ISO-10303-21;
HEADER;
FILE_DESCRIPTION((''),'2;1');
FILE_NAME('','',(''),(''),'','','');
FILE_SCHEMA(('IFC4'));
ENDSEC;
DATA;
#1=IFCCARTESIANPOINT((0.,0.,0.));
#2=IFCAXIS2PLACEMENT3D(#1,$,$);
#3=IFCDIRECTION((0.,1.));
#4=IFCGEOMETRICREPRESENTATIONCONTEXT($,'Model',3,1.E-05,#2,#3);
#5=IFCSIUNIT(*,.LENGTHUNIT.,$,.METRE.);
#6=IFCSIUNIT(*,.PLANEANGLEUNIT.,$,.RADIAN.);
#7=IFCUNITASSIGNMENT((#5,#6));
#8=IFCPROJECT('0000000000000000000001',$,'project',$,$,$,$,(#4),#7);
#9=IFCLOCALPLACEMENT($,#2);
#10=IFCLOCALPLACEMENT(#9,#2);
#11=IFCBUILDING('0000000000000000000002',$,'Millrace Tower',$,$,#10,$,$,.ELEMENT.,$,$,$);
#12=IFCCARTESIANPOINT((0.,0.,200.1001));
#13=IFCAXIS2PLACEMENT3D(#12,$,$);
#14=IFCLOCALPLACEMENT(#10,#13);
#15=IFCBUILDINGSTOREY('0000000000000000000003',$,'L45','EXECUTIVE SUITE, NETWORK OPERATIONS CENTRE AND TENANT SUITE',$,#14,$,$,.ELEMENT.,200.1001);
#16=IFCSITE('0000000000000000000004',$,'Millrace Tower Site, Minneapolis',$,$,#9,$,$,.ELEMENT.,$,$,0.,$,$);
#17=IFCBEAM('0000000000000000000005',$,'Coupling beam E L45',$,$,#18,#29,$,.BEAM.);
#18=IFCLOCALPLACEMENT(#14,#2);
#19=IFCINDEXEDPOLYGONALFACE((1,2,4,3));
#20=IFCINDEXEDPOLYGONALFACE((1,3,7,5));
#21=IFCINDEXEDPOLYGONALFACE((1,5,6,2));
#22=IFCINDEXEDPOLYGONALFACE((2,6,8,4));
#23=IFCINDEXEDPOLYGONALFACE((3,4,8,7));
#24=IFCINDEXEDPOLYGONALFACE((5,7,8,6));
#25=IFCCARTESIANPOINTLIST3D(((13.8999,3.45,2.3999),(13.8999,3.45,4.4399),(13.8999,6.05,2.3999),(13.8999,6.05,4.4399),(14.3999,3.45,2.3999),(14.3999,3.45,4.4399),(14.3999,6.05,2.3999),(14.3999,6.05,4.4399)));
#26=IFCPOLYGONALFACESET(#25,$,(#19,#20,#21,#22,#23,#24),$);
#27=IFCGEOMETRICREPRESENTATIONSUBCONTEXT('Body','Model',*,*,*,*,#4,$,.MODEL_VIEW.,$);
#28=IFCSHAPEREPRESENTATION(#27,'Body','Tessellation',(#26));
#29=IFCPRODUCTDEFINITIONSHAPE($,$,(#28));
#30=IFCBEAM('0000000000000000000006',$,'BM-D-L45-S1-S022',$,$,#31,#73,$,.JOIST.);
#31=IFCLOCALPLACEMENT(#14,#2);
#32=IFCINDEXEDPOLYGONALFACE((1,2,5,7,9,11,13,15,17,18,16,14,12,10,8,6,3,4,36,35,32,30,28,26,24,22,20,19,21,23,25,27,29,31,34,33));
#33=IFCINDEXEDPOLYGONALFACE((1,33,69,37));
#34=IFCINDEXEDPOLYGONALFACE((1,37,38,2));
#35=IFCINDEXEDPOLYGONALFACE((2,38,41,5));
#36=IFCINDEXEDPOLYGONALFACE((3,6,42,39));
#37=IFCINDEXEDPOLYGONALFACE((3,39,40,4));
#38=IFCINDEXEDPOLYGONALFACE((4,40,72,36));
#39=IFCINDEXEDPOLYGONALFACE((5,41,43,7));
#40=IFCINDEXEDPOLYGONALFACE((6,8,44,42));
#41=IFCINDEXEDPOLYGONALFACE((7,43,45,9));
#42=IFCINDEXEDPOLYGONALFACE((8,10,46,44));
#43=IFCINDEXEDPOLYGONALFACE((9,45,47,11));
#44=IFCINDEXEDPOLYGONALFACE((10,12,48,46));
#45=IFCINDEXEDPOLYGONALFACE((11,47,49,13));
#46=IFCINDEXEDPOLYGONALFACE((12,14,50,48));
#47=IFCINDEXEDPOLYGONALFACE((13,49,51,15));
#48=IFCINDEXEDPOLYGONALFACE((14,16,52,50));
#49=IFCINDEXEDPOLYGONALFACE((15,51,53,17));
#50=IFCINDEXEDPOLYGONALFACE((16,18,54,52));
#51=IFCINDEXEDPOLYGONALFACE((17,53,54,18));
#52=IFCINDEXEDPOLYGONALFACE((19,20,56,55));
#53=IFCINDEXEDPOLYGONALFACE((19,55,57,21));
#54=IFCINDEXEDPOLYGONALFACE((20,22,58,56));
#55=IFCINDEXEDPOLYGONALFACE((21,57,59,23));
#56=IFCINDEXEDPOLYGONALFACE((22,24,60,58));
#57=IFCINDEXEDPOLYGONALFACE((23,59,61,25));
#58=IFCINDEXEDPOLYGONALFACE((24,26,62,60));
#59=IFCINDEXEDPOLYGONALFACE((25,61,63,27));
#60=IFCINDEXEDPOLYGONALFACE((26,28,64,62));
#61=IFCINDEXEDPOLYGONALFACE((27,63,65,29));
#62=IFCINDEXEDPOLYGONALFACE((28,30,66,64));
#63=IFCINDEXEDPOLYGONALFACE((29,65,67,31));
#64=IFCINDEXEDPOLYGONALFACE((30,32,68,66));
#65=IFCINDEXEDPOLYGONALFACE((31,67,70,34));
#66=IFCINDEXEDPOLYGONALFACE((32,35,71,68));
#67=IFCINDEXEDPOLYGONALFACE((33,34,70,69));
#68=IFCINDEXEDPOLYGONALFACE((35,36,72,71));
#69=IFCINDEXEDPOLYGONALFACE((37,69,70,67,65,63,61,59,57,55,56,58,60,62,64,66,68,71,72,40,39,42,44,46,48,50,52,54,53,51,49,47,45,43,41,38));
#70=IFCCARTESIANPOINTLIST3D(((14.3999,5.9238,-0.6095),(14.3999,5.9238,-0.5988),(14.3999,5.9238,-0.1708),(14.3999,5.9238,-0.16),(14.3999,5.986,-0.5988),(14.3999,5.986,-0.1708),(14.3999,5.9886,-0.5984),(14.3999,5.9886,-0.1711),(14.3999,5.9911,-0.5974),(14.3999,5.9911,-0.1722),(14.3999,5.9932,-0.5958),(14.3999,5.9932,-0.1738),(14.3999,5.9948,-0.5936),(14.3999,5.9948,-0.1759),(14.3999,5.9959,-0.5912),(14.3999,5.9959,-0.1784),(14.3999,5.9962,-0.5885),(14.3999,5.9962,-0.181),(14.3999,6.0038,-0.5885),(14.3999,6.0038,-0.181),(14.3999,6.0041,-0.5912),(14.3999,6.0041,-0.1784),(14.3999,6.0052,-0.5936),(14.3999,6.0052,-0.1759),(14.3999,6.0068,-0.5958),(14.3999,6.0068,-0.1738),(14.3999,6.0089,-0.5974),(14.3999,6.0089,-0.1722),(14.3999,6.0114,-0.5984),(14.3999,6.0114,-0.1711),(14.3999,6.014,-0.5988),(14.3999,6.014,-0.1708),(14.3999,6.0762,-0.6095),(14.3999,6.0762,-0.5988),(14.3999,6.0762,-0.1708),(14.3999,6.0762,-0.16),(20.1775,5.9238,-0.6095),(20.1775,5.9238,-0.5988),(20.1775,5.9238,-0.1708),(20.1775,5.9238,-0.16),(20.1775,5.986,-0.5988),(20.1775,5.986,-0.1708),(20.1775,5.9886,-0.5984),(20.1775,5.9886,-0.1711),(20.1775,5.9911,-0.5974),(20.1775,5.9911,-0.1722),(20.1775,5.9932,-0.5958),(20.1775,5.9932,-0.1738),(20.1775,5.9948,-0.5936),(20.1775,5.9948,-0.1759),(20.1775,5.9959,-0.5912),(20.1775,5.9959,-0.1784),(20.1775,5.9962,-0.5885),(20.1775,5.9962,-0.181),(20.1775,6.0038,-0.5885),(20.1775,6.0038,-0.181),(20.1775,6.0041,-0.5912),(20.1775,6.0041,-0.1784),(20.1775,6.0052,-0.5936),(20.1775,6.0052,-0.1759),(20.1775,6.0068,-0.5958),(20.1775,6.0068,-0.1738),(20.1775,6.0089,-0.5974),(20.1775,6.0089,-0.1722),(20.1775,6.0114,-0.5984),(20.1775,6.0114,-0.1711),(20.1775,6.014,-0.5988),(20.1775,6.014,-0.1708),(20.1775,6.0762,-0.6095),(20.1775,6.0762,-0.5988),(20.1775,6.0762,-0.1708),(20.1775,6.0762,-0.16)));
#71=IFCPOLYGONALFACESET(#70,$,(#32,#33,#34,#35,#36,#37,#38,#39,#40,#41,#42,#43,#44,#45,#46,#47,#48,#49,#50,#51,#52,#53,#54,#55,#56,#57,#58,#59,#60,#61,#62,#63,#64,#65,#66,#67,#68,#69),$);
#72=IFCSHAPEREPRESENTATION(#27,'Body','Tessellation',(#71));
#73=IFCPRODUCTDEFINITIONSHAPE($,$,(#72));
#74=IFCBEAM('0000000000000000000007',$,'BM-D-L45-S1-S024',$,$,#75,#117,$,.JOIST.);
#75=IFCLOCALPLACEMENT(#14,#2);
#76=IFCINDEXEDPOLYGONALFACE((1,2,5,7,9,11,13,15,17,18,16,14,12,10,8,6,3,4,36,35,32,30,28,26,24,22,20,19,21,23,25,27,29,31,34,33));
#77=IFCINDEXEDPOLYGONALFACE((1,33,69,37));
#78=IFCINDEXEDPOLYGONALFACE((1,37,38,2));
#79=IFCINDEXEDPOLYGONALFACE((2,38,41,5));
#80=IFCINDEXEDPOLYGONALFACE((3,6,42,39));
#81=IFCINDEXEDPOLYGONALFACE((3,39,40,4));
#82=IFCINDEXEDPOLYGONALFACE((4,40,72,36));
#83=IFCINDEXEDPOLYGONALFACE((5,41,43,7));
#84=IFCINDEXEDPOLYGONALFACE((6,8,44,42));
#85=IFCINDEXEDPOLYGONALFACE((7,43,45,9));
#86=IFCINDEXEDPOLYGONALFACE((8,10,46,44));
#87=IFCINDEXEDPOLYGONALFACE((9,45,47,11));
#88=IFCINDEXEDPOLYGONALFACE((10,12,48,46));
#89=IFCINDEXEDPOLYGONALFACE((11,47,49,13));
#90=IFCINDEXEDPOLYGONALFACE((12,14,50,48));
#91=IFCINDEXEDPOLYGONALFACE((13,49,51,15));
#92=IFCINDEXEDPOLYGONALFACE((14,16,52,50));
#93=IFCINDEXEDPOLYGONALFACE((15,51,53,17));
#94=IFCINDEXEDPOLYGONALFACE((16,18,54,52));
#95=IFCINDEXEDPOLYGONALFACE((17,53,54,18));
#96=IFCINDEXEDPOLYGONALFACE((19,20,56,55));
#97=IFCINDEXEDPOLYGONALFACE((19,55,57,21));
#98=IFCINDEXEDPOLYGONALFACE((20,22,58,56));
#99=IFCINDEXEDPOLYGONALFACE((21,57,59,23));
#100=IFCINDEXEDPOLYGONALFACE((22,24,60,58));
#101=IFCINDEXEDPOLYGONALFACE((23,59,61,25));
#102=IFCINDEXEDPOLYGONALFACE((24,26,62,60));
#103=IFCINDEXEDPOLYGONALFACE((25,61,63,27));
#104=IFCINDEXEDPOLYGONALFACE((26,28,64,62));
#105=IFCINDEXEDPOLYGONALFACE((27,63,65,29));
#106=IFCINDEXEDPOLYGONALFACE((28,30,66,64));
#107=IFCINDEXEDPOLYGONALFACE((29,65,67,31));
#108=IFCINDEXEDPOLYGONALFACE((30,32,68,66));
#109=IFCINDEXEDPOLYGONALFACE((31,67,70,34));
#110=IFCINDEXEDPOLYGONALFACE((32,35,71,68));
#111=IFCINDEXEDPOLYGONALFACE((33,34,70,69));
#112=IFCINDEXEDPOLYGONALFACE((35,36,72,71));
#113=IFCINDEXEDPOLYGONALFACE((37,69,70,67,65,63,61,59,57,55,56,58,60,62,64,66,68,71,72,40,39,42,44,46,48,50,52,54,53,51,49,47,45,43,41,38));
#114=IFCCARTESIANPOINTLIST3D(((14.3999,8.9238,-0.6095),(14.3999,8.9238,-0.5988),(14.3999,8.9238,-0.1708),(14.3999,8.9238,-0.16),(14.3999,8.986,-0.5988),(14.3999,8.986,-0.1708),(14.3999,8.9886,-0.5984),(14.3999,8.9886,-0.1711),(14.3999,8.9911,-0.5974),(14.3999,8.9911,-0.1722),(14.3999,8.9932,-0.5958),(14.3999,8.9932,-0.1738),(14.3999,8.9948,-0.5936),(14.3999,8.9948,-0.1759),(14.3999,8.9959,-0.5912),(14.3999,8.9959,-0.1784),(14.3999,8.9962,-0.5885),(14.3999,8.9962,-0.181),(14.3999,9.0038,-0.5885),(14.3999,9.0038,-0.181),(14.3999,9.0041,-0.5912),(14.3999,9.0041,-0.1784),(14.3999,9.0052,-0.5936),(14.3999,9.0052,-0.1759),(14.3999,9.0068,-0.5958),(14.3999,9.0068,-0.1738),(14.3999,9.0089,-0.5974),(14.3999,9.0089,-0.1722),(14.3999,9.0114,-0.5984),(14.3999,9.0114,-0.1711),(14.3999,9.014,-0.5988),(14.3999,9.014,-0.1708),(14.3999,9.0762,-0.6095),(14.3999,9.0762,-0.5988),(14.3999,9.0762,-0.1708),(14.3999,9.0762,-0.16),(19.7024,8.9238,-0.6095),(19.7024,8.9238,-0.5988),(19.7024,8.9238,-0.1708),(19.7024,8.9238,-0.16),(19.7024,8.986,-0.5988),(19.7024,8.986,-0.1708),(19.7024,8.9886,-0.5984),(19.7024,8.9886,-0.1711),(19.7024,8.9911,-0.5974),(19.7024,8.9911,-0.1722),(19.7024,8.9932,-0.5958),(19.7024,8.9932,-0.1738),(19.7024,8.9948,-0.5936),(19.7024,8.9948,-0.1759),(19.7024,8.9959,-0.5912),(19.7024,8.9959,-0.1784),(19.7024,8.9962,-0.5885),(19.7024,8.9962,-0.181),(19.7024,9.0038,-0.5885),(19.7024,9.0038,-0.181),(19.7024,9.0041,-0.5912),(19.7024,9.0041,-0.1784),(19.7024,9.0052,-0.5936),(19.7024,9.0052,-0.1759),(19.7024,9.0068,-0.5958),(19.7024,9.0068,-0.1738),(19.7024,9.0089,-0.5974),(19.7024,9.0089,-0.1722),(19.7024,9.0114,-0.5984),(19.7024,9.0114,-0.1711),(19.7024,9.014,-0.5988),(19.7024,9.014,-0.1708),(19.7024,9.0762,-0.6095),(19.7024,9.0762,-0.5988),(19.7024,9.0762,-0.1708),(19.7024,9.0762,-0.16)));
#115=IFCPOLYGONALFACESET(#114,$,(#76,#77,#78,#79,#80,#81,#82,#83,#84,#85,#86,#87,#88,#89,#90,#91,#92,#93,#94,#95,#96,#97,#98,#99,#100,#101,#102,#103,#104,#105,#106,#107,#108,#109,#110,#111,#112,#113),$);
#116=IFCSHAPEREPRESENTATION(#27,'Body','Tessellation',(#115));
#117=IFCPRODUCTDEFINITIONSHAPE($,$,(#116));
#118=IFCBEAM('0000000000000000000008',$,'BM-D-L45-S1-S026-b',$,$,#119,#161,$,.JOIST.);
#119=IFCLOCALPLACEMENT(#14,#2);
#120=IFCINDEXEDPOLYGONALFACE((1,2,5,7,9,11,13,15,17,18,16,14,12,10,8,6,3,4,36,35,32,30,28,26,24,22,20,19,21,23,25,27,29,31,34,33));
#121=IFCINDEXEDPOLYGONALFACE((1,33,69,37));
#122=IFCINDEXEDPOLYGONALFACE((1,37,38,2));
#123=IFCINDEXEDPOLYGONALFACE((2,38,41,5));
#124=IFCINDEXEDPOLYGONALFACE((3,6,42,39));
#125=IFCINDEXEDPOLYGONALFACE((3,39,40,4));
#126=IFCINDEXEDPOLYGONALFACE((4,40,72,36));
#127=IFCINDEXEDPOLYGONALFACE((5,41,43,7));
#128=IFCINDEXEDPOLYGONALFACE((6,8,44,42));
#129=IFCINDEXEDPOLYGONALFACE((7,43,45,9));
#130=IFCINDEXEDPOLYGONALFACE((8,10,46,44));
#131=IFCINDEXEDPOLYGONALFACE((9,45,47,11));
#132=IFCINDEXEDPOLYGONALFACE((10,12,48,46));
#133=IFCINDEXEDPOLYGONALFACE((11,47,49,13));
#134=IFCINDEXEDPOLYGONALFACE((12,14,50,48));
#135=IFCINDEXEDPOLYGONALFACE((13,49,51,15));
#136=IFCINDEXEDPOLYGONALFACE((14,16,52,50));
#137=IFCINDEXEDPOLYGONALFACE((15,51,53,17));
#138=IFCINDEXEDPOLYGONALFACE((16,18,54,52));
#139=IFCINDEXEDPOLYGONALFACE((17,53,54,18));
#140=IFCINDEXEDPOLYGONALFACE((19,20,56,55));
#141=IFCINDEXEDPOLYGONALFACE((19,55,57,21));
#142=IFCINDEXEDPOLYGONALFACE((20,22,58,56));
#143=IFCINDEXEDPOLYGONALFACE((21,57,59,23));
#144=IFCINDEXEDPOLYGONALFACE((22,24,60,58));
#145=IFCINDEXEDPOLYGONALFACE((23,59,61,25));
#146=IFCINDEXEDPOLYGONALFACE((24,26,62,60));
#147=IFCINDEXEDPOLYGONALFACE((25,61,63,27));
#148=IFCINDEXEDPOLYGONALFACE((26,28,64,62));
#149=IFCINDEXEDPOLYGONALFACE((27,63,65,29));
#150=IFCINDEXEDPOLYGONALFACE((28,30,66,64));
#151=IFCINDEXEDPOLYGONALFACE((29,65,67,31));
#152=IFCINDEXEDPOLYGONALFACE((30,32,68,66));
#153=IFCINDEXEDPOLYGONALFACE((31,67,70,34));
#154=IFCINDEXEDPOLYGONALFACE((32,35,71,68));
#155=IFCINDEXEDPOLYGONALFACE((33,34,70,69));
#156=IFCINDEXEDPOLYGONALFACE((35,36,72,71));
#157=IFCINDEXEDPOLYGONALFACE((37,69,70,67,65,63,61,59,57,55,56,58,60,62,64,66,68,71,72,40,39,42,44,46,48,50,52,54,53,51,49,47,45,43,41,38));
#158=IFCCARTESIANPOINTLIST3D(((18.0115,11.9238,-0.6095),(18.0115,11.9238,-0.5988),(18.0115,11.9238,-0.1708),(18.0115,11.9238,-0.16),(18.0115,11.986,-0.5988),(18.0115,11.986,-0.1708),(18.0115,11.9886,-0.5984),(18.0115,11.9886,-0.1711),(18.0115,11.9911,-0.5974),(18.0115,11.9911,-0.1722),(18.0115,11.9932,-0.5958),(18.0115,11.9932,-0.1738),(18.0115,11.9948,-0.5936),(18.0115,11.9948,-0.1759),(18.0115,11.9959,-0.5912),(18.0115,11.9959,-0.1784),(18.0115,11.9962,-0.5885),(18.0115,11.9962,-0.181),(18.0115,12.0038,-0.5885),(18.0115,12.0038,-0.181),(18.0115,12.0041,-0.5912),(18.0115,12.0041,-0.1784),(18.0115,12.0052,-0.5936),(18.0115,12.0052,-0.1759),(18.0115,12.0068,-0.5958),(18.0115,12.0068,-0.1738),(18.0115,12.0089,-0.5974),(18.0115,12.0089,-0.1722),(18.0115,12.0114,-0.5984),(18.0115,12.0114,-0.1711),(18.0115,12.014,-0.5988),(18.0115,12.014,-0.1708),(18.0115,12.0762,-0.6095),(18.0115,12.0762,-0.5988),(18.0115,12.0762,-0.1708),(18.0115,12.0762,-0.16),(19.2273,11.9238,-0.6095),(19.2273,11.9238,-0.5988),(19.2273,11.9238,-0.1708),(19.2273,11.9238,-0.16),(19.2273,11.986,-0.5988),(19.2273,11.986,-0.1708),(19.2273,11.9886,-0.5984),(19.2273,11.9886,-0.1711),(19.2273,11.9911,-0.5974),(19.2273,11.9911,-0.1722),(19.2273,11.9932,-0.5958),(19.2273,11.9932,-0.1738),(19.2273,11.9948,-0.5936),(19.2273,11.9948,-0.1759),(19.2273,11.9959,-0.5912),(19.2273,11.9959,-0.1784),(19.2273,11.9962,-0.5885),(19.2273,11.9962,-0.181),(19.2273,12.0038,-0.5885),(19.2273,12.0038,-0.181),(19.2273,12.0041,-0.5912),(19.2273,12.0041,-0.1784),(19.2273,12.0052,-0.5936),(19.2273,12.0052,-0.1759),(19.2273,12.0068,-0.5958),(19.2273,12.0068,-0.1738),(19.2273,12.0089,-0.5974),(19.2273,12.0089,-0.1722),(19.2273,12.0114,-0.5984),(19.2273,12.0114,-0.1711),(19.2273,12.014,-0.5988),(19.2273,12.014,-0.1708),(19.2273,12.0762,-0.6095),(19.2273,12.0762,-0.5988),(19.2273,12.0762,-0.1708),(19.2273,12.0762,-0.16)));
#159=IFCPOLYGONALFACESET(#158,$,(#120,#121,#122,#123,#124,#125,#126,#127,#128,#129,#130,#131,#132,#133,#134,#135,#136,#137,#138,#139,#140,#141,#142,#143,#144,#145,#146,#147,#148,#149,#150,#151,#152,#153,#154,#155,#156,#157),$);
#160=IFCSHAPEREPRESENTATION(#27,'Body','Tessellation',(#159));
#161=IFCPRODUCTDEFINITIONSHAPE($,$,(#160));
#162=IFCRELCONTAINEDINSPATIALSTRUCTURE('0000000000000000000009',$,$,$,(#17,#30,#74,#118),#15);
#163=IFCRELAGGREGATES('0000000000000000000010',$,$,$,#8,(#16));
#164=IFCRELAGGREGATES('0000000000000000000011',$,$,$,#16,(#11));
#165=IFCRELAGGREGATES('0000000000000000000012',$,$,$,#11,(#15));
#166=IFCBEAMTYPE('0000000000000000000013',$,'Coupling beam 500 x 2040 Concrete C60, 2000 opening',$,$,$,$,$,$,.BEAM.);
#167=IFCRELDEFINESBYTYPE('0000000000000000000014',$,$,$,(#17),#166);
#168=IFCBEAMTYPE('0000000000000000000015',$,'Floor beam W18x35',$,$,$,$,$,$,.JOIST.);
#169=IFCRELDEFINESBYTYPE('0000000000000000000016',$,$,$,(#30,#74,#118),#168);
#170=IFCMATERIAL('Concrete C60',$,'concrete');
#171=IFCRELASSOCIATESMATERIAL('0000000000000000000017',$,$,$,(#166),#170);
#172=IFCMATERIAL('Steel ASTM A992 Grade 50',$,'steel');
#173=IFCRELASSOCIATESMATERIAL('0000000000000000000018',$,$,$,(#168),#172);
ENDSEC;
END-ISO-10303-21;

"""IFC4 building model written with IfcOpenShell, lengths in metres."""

from ifc_helpers import new_model, si_unit, direction, frame, origin, origin_2d, place, context, subcontext, project, spatial, rectangle, i_section, extrude, material, material_profile, profile_set, type_object, element, save


model = new_model("IFC4")

# Units and contexts
model_context = context("Model", 3, precision=1e-05, world=origin(), true_north=direction((0.0, 1.0)))
body_context = subcontext(model_context, "Body", "Model", "MODEL_VIEW")
ifc_project = project(units=[si_unit("LENGTHUNIT", "METRE"), si_unit("PLANEANGLEUNIT", "RADIAN")], contexts=[model_context])

# Site, building, storey
site_placement = place(None, origin())
site = spatial("IfcSite", under=ifc_project, at=site_placement, Name="Millrace Tower Site, Minneapolis", CompositionType="ELEMENT", RefElevation=0.0)
building_placement = place(site_placement, origin())
building = spatial("IfcBuilding", under=site, at=building_placement, Name="Millrace Tower", CompositionType="ELEMENT")
storey_placement = place(building_placement, frame((0.0, 0.0, 200.1001)))
storey = spatial("IfcBuildingStorey", under=building, at=storey_placement, Name="L45", Description="EXECUTIVE SUITE, NETWORK OPERATIONS CENTRE AND TENANT SUITE", CompositionType="ELEMENT", Elevation=200.1001)

# Beams
ifc_material_1 = material(Name="Concrete C60", Category="concrete")
ifc_material_profile_1 = material_profile(ifc_material_1, rectangle(XDim=0.5, YDim=2.04, at=origin_2d()))
ifc_profile_set_1 = profile_set([ifc_material_profile_1], Name="Concrete C60")
beam_type_1 = type_object("IfcBeamType", Name="Coupling beam 500 x 2040 Concrete C60, 2000 opening", PredefinedType="BEAM", material=ifc_profile_set_1)
beam_1_placement = place(storey_placement, frame((14.1499, 6.05, 3.4199), z_axis=(0.0, -1.0, 0.0), x_axis=(1.0, 0.0, 0.0)))
element("IfcBeam", 1, at=beam_1_placement, inside=storey, type_object=beam_type_1, Name="Coupling beam E L45", PredefinedType="BEAM", context=body_context, shape_type="SweptSolid", body=[
    extrude(rectangle(XDim=0.5, YDim=2.04, at=origin_2d()), origin(), (0.0, 0.0, 1.0), 2.6001),
])
ifc_material_2 = material(Name="Steel ASTM A992 Grade 50", Category="steel")
ifc_material_profile_2 = material_profile(ifc_material_2, i_section(OverallWidth=0.1523, OverallDepth=0.4495, WebThickness=0.0076, FlangeThickness=0.0107, FilletRadius=0.0103, at=origin_2d()))
ifc_profile_set_2 = profile_set([ifc_material_profile_2], Name="Steel ASTM A992 Grade 50")
beam_type_2 = type_object("IfcBeamType", Name="Floor beam W18x35", PredefinedType="JOIST", material=ifc_profile_set_2)
beam_2_placement = place(storey_placement, frame((14.3999, 6.0, -0.3848), z_axis=(1.0, 0.0, 0.0), x_axis=(0.0, 1.0, 0.0)))
element("IfcBeam", 2, at=beam_2_placement, inside=storey, type_object=beam_type_2, Name="BM-D-L45-S1-S022", PredefinedType="JOIST", context=body_context, shape_type="SweptSolid", body=[
    extrude(i_section(OverallWidth=0.1523, OverallDepth=0.4495, WebThickness=0.0076, FlangeThickness=0.0107, FilletRadius=0.0103, at=origin_2d()), origin(), (0.0, 0.0, 1.0), 5.7776),
])
beam_3_placement = place(storey_placement, frame((14.3999, 9.0, -0.3848), z_axis=(1.0, 0.0, 0.0), x_axis=(0.0, 1.0, 0.0)))
element("IfcBeam", 3, at=beam_3_placement, inside=storey, type_object=beam_type_2, Name="BM-D-L45-S1-S024", PredefinedType="JOIST", context=body_context, shape_type="SweptSolid", body=[
    extrude(i_section(OverallWidth=0.1523, OverallDepth=0.4495, WebThickness=0.0076, FlangeThickness=0.0107, FilletRadius=0.0103, at=origin_2d()), origin(), (0.0, 0.0, 1.0), 5.3025),
])
beam_4_placement = place(storey_placement, frame((18.0115, 12.0, -0.3848), z_axis=(1.0, 0.0, 0.0), x_axis=(0.0, 1.0, 0.0)))
element("IfcBeam", 4, at=beam_4_placement, inside=storey, type_object=beam_type_2, Name="BM-D-L45-S1-S026-b", PredefinedType="JOIST", context=body_context, shape_type="SweptSolid", body=[
    extrude(i_section(OverallWidth=0.1523, OverallDepth=0.4495, WebThickness=0.0076, FlangeThickness=0.0107, FilletRadius=0.0103, at=origin_2d()), origin(), (0.0, 0.0, 1.0), 1.2158),
])

save(model, "model.ifc")
